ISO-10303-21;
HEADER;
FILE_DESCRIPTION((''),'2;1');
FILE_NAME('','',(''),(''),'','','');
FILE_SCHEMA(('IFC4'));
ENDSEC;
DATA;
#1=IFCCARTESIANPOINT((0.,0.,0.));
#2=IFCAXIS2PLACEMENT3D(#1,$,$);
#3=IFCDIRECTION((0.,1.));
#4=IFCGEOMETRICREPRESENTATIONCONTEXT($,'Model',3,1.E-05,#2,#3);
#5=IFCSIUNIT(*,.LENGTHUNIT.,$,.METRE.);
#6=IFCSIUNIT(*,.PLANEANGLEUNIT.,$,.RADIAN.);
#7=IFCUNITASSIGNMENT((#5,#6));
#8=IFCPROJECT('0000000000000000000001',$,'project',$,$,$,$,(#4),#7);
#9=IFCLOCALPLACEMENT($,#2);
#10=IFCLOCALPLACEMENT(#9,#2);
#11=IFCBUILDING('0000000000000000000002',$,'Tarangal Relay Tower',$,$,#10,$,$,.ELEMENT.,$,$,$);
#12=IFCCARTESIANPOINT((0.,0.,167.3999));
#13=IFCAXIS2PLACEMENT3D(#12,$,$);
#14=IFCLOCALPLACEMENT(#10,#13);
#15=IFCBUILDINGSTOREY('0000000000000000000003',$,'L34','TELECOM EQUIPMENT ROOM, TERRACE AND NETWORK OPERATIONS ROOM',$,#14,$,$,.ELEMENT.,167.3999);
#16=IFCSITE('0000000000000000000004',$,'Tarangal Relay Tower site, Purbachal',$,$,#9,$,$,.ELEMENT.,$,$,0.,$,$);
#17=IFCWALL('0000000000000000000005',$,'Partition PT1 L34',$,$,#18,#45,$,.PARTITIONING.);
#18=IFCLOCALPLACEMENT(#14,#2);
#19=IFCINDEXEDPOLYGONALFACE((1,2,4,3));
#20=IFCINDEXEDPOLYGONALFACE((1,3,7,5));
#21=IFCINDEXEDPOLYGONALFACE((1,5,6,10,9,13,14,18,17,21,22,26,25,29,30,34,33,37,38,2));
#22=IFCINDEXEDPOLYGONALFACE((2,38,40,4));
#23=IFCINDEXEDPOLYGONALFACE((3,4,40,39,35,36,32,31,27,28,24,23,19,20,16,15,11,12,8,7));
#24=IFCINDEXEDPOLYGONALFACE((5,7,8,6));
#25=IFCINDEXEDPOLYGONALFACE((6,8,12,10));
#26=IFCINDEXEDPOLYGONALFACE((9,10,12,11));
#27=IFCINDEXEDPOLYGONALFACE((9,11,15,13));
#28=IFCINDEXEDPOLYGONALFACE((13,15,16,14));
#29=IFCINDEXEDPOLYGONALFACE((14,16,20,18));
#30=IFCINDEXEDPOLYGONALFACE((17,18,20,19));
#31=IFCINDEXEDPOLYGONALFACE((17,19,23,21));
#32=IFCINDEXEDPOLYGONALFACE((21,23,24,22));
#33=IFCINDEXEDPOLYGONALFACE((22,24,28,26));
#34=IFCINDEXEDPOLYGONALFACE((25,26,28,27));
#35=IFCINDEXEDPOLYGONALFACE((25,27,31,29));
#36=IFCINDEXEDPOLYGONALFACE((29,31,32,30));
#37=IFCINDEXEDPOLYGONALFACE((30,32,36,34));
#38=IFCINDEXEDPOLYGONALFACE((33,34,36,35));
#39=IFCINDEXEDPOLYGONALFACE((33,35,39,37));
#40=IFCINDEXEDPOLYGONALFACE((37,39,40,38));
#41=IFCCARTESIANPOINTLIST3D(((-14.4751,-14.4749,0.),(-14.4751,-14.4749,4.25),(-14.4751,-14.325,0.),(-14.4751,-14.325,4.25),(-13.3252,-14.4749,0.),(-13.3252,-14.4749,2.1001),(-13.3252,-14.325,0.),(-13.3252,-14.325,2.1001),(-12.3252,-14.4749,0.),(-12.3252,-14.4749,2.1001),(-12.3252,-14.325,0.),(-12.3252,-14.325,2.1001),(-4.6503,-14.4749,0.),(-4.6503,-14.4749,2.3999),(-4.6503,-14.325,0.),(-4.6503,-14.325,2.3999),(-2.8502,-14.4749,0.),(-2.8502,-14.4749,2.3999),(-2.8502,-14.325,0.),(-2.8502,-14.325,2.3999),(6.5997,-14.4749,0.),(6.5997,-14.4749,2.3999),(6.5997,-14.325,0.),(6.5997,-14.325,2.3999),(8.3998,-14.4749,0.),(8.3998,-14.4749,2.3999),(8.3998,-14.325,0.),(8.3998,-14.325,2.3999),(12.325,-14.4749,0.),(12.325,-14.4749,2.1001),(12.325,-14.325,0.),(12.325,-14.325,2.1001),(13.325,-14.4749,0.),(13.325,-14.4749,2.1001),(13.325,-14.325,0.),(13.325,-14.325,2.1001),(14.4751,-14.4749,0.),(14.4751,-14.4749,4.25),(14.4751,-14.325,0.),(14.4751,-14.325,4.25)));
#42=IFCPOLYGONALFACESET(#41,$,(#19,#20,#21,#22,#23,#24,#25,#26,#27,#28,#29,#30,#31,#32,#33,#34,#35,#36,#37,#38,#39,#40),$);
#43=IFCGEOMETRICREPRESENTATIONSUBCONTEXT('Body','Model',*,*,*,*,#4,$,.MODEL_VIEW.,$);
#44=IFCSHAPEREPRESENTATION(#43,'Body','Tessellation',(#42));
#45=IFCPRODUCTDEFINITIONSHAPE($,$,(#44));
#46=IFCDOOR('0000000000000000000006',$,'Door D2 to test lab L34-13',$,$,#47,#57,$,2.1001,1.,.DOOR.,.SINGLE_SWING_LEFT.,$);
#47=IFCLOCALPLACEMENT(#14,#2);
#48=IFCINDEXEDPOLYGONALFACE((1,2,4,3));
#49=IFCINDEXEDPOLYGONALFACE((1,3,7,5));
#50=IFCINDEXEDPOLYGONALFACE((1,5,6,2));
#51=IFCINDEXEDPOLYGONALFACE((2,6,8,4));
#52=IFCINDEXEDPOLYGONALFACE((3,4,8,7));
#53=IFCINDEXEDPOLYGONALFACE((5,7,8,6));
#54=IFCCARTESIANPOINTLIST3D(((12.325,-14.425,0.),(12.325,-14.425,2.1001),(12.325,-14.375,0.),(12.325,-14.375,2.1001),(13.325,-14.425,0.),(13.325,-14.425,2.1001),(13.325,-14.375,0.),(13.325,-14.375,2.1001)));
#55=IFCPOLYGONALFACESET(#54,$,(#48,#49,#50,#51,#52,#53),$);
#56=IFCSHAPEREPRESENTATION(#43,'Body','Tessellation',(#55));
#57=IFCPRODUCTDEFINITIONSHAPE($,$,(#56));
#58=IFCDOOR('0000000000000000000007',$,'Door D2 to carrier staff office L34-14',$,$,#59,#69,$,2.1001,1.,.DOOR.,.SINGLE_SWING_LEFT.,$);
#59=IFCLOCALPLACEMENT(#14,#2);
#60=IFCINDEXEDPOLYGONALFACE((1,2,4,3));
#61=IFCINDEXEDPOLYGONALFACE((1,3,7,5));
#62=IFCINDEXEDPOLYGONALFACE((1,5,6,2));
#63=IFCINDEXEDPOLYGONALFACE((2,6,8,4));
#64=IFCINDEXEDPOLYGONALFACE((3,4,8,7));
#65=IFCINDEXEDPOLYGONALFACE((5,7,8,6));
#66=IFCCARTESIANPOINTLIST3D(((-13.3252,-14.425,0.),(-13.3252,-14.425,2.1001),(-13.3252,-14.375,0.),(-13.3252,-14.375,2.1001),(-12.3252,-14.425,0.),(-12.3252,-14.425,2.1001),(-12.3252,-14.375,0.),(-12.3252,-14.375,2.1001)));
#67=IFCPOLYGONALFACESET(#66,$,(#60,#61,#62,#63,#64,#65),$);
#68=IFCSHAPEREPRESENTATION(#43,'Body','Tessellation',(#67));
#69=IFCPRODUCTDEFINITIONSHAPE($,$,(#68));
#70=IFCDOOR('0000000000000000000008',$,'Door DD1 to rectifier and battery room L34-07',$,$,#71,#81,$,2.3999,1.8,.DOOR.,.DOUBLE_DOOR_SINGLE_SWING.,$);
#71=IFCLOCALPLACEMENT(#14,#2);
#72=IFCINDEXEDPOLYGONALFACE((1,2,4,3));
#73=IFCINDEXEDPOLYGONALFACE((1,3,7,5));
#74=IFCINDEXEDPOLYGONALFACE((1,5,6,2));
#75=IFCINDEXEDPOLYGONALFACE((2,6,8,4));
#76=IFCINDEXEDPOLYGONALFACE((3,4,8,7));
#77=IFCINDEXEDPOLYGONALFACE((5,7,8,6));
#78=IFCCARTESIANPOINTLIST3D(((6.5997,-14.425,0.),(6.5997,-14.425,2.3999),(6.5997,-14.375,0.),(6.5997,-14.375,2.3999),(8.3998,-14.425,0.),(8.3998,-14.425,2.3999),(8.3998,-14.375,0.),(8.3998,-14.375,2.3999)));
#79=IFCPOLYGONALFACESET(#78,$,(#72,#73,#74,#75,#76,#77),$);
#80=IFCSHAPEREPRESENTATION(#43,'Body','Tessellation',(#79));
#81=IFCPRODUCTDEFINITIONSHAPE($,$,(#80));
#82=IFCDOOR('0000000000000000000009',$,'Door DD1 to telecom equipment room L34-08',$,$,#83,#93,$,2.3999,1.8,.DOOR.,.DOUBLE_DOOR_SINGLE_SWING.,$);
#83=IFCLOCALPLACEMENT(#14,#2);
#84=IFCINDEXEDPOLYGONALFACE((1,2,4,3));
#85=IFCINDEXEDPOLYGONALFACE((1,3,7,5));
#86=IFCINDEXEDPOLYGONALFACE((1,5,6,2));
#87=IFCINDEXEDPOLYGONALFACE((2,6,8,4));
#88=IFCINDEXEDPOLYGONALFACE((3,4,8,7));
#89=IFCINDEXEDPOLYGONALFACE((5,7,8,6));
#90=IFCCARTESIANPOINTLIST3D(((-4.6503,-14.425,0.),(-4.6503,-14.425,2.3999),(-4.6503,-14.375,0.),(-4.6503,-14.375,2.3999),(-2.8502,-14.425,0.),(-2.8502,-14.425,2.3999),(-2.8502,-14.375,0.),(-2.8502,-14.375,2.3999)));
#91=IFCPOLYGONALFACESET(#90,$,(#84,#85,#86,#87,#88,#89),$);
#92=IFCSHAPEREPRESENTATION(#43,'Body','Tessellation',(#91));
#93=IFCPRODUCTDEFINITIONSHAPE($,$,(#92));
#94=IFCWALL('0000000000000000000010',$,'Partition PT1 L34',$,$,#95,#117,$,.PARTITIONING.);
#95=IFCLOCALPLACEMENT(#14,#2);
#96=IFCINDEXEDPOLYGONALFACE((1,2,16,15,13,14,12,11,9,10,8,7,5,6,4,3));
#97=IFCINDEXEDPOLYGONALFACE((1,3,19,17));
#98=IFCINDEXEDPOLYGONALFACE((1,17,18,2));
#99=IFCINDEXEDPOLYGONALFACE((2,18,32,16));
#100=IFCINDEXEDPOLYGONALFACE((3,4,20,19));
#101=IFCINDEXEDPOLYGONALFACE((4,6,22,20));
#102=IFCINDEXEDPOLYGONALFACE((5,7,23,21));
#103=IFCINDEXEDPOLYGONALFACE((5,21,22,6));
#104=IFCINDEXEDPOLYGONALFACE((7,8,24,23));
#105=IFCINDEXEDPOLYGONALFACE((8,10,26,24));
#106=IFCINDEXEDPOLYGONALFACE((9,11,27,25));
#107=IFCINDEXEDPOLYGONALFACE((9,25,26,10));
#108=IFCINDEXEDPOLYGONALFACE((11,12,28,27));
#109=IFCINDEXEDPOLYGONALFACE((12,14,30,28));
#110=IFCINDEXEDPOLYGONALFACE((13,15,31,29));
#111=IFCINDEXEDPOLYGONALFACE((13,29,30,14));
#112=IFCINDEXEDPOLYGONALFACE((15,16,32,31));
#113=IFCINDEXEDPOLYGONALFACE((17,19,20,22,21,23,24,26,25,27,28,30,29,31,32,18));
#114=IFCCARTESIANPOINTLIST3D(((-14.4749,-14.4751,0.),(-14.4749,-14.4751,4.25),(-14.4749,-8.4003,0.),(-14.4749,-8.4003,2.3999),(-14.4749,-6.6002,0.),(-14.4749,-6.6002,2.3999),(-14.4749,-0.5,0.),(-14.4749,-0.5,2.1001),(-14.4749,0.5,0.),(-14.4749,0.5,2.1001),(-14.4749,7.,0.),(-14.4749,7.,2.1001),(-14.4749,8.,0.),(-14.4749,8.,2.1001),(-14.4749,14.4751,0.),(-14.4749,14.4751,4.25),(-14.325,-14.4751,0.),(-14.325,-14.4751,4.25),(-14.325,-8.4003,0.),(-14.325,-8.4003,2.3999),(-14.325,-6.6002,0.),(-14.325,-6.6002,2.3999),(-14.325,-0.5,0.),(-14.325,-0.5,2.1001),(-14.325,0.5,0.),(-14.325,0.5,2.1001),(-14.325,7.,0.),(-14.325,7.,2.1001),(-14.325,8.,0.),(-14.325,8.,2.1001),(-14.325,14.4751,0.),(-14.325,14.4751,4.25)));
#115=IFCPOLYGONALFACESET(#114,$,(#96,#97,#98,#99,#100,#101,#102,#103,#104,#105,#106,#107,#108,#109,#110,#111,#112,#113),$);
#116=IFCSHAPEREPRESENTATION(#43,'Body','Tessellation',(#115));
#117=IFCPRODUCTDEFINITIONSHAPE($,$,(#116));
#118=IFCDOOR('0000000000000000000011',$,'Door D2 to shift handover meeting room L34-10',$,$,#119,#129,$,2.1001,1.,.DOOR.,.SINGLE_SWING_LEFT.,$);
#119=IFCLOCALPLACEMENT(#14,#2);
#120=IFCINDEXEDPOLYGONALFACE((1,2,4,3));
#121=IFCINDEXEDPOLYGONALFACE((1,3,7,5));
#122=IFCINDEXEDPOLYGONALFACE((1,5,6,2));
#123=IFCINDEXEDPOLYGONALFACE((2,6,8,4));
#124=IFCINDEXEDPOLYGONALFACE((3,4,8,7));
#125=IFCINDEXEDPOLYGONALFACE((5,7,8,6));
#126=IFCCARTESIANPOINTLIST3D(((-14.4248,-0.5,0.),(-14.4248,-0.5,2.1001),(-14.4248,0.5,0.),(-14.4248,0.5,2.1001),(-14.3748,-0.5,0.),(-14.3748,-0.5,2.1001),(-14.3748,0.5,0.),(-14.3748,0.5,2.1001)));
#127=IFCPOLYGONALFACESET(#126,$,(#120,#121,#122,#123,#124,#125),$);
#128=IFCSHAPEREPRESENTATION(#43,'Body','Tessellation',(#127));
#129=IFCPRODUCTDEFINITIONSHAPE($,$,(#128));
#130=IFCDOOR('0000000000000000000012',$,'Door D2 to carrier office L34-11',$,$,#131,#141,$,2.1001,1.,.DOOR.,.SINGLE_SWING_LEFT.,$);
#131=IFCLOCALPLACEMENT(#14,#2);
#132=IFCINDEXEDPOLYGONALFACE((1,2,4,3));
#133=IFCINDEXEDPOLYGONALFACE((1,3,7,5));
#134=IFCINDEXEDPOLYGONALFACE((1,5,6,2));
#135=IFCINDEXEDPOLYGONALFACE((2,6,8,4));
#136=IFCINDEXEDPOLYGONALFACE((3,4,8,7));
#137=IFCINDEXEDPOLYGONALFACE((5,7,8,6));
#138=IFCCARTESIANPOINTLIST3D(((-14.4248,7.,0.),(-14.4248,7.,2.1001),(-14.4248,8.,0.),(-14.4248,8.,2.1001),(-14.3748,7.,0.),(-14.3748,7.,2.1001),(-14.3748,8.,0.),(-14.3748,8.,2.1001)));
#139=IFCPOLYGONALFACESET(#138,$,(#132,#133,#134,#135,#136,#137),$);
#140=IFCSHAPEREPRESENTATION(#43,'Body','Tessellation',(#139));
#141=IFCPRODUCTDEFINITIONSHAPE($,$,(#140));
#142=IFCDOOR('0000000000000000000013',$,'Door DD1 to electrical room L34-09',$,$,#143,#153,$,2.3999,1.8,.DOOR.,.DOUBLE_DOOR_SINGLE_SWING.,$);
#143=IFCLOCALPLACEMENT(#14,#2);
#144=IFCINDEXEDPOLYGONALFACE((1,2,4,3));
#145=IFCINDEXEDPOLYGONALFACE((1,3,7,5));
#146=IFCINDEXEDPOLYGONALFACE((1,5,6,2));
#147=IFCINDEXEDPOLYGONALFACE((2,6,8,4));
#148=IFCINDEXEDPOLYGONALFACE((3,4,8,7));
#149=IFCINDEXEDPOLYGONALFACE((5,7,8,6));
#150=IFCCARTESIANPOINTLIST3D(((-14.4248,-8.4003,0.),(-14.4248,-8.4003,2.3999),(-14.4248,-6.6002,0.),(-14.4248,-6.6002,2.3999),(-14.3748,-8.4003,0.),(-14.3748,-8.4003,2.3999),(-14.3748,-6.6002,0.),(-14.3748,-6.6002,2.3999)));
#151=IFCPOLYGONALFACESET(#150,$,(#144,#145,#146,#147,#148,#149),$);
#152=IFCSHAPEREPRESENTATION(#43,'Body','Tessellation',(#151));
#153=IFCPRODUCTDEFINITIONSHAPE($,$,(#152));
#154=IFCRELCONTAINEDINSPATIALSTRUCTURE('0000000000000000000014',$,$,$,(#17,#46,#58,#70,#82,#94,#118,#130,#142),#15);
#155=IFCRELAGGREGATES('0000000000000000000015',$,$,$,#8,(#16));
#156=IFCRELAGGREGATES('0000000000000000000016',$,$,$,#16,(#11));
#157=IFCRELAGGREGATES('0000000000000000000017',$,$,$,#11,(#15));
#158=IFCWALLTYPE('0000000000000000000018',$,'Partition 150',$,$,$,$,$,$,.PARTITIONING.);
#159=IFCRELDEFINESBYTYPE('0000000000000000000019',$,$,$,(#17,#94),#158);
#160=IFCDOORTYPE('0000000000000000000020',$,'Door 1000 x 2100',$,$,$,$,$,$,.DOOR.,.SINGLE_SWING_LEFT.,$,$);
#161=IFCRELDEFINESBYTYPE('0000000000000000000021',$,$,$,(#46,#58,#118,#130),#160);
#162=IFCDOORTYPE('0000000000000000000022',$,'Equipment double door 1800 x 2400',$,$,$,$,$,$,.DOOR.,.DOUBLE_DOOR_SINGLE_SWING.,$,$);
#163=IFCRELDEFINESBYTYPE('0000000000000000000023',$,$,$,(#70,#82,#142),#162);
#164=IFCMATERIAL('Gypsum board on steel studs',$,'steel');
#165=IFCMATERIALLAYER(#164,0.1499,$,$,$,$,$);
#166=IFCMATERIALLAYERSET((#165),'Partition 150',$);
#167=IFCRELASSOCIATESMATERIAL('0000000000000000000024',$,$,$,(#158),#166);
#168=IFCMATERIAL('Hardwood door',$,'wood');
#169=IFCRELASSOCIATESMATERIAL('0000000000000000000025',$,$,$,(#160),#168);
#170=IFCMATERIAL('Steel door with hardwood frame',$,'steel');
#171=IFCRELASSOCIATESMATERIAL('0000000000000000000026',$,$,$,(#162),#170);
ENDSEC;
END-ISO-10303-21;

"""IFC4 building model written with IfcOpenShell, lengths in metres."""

from ifc_helpers import new_model, si_unit, direction, frame, frame_2d, origin, place, context, subcontext, project, spatial, rectangle, extrude, material, layer, layer_set, type_object, element, fill, save


model = new_model("IFC4")

# Units and contexts
model_context = context("Model", 3, precision=1e-05, world=origin(), true_north=direction((0.0, 1.0)))
body_context = subcontext(model_context, "Body", "Model", "MODEL_VIEW")
ifc_project = project(units=[si_unit("LENGTHUNIT", "METRE"), si_unit("PLANEANGLEUNIT", "RADIAN")], contexts=[model_context])

# Site, building, storey
site_placement = place(None, origin())
site = spatial("IfcSite", under=ifc_project, at=site_placement, Name="Tarangal Relay Tower site, Purbachal", CompositionType="ELEMENT", RefElevation=0.0)
building_placement = place(site_placement, origin())
building = spatial("IfcBuilding", under=site, at=building_placement, Name="Tarangal Relay Tower", CompositionType="ELEMENT")
storey_placement = place(building_placement, frame((0.0, 0.0, 167.3999)))
storey = spatial("IfcBuildingStorey", under=building, at=storey_placement, Name="L34", Description="TELECOM EQUIPMENT ROOM, TERRACE AND NETWORK OPERATIONS ROOM", CompositionType="ELEMENT", Elevation=167.3999)

# Walls, openings, doors
ifc_material_1 = material(Name="Gypsum board on steel studs", Category="steel")
ifc_layer_1 = layer(ifc_material_1, 0.1499)
ifc_layer_set_1 = layer_set([ifc_layer_1], Name="Partition 150")
wall_type_1 = type_object("IfcWallType", Name="Partition 150", PredefinedType="PARTITIONING", material=ifc_layer_set_1)
wall_1_placement = place(storey_placement, frame((-14.4751, -14.3999, 0.0), z_axis=(0.0, 0.0, 1.0), x_axis=(1.0, 0.0, 0.0)))
wall_1 = element("IfcWall", 1, at=wall_1_placement, inside=storey, type_object=wall_type_1, Name="Partition PT1 L34", PredefinedType="PARTITIONING", context=body_context, shape_type="SweptSolid", body=[
    extrude(rectangle(XDim=28.9502, YDim=0.1499, at=frame_2d((14.4751, 0.0))), origin(), (0.0, 0.0, 1.0), 4.25),
])
opening_1_placement = place(wall_1_placement, frame((21.075, 0.0, 0.0)))
opening_1 = element("IfcOpeningElement", 2, at=opening_1_placement, cuts=wall_1, PredefinedType="OPENING", context=body_context, shape_type="SweptSolid", body=[
    extrude(rectangle(XDim=1.8, YDim=2.3999, at=frame_2d((0.8999, 1.2))), frame((0.0, 0.085, 0.0), z_axis=(0.0, -1.0, 0.0), x_axis=(1.0, 0.0, 0.0)), (0.0, 0.0, 1.0), 0.1699),
])
opening_2_placement = place(wall_1_placement, frame((9.825, 0.0, 0.0)))
opening_2 = element("IfcOpeningElement", 3, at=opening_2_placement, cuts=wall_1, PredefinedType="OPENING", context=body_context, shape_type="SweptSolid", body=[
    extrude(rectangle(XDim=1.8, YDim=2.3999, at=frame_2d((0.8999, 1.2))), frame((0.0, 0.085, 0.0), z_axis=(0.0, -1.0, 0.0), x_axis=(1.0, 0.0, 0.0)), (0.0, 0.0, 1.0), 0.1699),
])
opening_3_placement = place(wall_1_placement, frame((26.8, 0.0, 0.0)))
opening_3 = element("IfcOpeningElement", 4, at=opening_3_placement, cuts=wall_1, PredefinedType="OPENING", context=body_context, shape_type="SweptSolid", body=[
    extrude(rectangle(XDim=1.0, YDim=2.1001, at=frame_2d((0.5, 1.05))), frame((0.0, 0.085, 0.0), z_axis=(0.0, -1.0, 0.0), x_axis=(1.0, 0.0, 0.0)), (0.0, 0.0, 1.0), 0.1699),
])
opening_4_placement = place(wall_1_placement, frame((1.1499, 0.0, 0.0)))
opening_4 = element("IfcOpeningElement", 5, at=opening_4_placement, cuts=wall_1, PredefinedType="OPENING", context=body_context, shape_type="SweptSolid", body=[
    extrude(rectangle(XDim=1.0, YDim=2.1001, at=frame_2d((0.5, 1.05))), frame((0.0, 0.085, 0.0), z_axis=(0.0, -1.0, 0.0), x_axis=(1.0, 0.0, 0.0)), (0.0, 0.0, 1.0), 0.1699),
])
ifc_material_2 = material(Name="Hardwood door", Category="wood")
door_type_1 = type_object("IfcDoorType", Name="Door 1000 x 2100", OperationType="SINGLE_SWING_LEFT", PredefinedType="DOOR", material=ifc_material_2)
door_1_placement = place(opening_3_placement, origin())
door_1 = element("IfcDoor", 6, at=door_1_placement, inside=storey, type_object=door_type_1, Name="Door D2 to test lab L34-13", OperationType="SINGLE_SWING_LEFT", OverallHeight=2.1001, OverallWidth=1.0, PredefinedType="DOOR", context=body_context, shape_type="SweptSolid", body=[
    extrude(rectangle(XDim=1.0, YDim=2.1001, at=frame_2d((0.5, 1.05))), frame((0.0, 0.0249, 0.0), z_axis=(0.0, -1.0, 0.0), x_axis=(1.0, 0.0, 0.0)), (0.0, 0.0, 1.0), 0.05),
])
fill(opening_3, door_1)
door_2_placement = place(opening_4_placement, origin())
door_2 = element("IfcDoor", 7, at=door_2_placement, inside=storey, type_object=door_type_1, Name="Door D2 to carrier staff office L34-14", OperationType="SINGLE_SWING_LEFT", OverallHeight=2.1001, OverallWidth=1.0, PredefinedType="DOOR", context=body_context, shape_type="SweptSolid", body=[
    extrude(rectangle(XDim=1.0, YDim=2.1001, at=frame_2d((0.5, 1.05))), frame((0.0, 0.0249, 0.0), z_axis=(0.0, -1.0, 0.0), x_axis=(1.0, 0.0, 0.0)), (0.0, 0.0, 1.0), 0.05),
])
fill(opening_4, door_2)
ifc_material_3 = material(Name="Steel door with hardwood frame", Category="steel")
door_type_2 = type_object("IfcDoorType", Name="Equipment double door 1800 x 2400", OperationType="DOUBLE_DOOR_SINGLE_SWING", PredefinedType="DOOR", material=ifc_material_3)
door_3_placement = place(opening_1_placement, origin())
door_3 = element("IfcDoor", 8, at=door_3_placement, inside=storey, type_object=door_type_2, Name="Door DD1 to rectifier and battery room L34-07", OperationType="DOUBLE_DOOR_SINGLE_SWING", OverallHeight=2.3999, OverallWidth=1.8, PredefinedType="DOOR", context=body_context, shape_type="SweptSolid", body=[
    extrude(rectangle(XDim=1.8, YDim=2.3999, at=frame_2d((0.8999, 1.2))), frame((0.0, 0.0249, 0.0), z_axis=(0.0, -1.0, 0.0), x_axis=(1.0, 0.0, 0.0)), (0.0, 0.0, 1.0), 0.05),
])
fill(opening_1, door_3)
door_4_placement = place(opening_2_placement, origin())
door_4 = element("IfcDoor", 9, at=door_4_placement, inside=storey, type_object=door_type_2, Name="Door DD1 to telecom equipment room L34-08", OperationType="DOUBLE_DOOR_SINGLE_SWING", OverallHeight=2.3999, OverallWidth=1.8, PredefinedType="DOOR", context=body_context, shape_type="SweptSolid", body=[
    extrude(rectangle(XDim=1.8, YDim=2.3999, at=frame_2d((0.8999, 1.2))), frame((0.0, 0.0249, 0.0), z_axis=(0.0, -1.0, 0.0), x_axis=(1.0, 0.0, 0.0)), (0.0, 0.0, 1.0), 0.05),
])
fill(opening_2, door_4)
wall_2_placement = place(storey_placement, frame((-14.3999, -14.4751, 0.0), z_axis=(0.0, 0.0, 1.0), x_axis=(0.0, 1.0, 0.0)))
wall_2 = element("IfcWall", 10, at=wall_2_placement, inside=storey, type_object=wall_type_1, Name="Partition PT1 L34", PredefinedType="PARTITIONING", context=body_context, shape_type="SweptSolid", body=[
    extrude(rectangle(XDim=28.9502, YDim=0.1499, at=frame_2d((14.4751, 0.0))), origin(), (0.0, 0.0, 1.0), 4.25),
])
opening_5_placement = place(wall_2_placement, frame((6.075, 0.0, 0.0)))
opening_5 = element("IfcOpeningElement", 11, at=opening_5_placement, cuts=wall_2, PredefinedType="OPENING", context=body_context, shape_type="SweptSolid", body=[
    extrude(rectangle(XDim=1.8, YDim=2.3999, at=frame_2d((0.8999, 1.2))), frame((0.0, 0.085, 0.0), z_axis=(0.0, -1.0, 0.0), x_axis=(1.0, 0.0, 0.0)), (0.0, 0.0, 1.0), 0.1699),
])
opening_6_placement = place(wall_2_placement, frame((13.9751, 0.0, 0.0)))
opening_6 = element("IfcOpeningElement", 12, at=opening_6_placement, cuts=wall_2, PredefinedType="OPENING", context=body_context, shape_type="SweptSolid", body=[
    extrude(rectangle(XDim=1.0, YDim=2.1001, at=frame_2d((0.5, 1.05))), frame((0.0, 0.085, 0.0), z_axis=(0.0, -1.0, 0.0), x_axis=(1.0, 0.0, 0.0)), (0.0, 0.0, 1.0), 0.1699),
])
opening_7_placement = place(wall_2_placement, frame((21.4751, 0.0, 0.0)))
opening_7 = element("IfcOpeningElement", 13, at=opening_7_placement, cuts=wall_2, PredefinedType="OPENING", context=body_context, shape_type="SweptSolid", body=[
    extrude(rectangle(XDim=1.0, YDim=2.1001, at=frame_2d((0.5, 1.05))), frame((0.0, 0.085, 0.0), z_axis=(0.0, -1.0, 0.0), x_axis=(1.0, 0.0, 0.0)), (0.0, 0.0, 1.0), 0.1699),
])
door_5_placement = place(opening_6_placement, origin())
door_5 = element("IfcDoor", 14, at=door_5_placement, inside=storey, type_object=door_type_1, Name="Door D2 to shift handover meeting room L34-10", OperationType="SINGLE_SWING_LEFT", OverallHeight=2.1001, OverallWidth=1.0, PredefinedType="DOOR", context=body_context, shape_type="SweptSolid", body=[
    extrude(rectangle(XDim=1.0, YDim=2.1001, at=frame_2d((0.5, 1.05))), frame((0.0, 0.0249, 0.0), z_axis=(0.0, -1.0, 0.0), x_axis=(1.0, 0.0, 0.0)), (0.0, 0.0, 1.0), 0.05),
])
fill(opening_6, door_5)
door_6_placement = place(opening_7_placement, origin())
door_6 = element("IfcDoor", 15, at=door_6_placement, inside=storey, type_object=door_type_1, Name="Door D2 to carrier office L34-11", OperationType="SINGLE_SWING_LEFT", OverallHeight=2.1001, OverallWidth=1.0, PredefinedType="DOOR", context=body_context, shape_type="SweptSolid", body=[
    extrude(rectangle(XDim=1.0, YDim=2.1001, at=frame_2d((0.5, 1.05))), frame((0.0, 0.0249, 0.0), z_axis=(0.0, -1.0, 0.0), x_axis=(1.0, 0.0, 0.0)), (0.0, 0.0, 1.0), 0.05),
])
fill(opening_7, door_6)
door_7_placement = place(opening_5_placement, origin())
door_7 = element("IfcDoor", 16, at=door_7_placement, inside=storey, type_object=door_type_2, Name="Door DD1 to electrical room L34-09", OperationType="DOUBLE_DOOR_SINGLE_SWING", OverallHeight=2.3999, OverallWidth=1.8, PredefinedType="DOOR", context=body_context, shape_type="SweptSolid", body=[
    extrude(rectangle(XDim=1.8, YDim=2.3999, at=frame_2d((0.8999, 1.2))), frame((0.0, 0.0249, 0.0), z_axis=(0.0, -1.0, 0.0), x_axis=(1.0, 0.0, 0.0)), (0.0, 0.0, 1.0), 0.05),
])
fill(opening_5, door_7)

save(model, "model.ifc")
